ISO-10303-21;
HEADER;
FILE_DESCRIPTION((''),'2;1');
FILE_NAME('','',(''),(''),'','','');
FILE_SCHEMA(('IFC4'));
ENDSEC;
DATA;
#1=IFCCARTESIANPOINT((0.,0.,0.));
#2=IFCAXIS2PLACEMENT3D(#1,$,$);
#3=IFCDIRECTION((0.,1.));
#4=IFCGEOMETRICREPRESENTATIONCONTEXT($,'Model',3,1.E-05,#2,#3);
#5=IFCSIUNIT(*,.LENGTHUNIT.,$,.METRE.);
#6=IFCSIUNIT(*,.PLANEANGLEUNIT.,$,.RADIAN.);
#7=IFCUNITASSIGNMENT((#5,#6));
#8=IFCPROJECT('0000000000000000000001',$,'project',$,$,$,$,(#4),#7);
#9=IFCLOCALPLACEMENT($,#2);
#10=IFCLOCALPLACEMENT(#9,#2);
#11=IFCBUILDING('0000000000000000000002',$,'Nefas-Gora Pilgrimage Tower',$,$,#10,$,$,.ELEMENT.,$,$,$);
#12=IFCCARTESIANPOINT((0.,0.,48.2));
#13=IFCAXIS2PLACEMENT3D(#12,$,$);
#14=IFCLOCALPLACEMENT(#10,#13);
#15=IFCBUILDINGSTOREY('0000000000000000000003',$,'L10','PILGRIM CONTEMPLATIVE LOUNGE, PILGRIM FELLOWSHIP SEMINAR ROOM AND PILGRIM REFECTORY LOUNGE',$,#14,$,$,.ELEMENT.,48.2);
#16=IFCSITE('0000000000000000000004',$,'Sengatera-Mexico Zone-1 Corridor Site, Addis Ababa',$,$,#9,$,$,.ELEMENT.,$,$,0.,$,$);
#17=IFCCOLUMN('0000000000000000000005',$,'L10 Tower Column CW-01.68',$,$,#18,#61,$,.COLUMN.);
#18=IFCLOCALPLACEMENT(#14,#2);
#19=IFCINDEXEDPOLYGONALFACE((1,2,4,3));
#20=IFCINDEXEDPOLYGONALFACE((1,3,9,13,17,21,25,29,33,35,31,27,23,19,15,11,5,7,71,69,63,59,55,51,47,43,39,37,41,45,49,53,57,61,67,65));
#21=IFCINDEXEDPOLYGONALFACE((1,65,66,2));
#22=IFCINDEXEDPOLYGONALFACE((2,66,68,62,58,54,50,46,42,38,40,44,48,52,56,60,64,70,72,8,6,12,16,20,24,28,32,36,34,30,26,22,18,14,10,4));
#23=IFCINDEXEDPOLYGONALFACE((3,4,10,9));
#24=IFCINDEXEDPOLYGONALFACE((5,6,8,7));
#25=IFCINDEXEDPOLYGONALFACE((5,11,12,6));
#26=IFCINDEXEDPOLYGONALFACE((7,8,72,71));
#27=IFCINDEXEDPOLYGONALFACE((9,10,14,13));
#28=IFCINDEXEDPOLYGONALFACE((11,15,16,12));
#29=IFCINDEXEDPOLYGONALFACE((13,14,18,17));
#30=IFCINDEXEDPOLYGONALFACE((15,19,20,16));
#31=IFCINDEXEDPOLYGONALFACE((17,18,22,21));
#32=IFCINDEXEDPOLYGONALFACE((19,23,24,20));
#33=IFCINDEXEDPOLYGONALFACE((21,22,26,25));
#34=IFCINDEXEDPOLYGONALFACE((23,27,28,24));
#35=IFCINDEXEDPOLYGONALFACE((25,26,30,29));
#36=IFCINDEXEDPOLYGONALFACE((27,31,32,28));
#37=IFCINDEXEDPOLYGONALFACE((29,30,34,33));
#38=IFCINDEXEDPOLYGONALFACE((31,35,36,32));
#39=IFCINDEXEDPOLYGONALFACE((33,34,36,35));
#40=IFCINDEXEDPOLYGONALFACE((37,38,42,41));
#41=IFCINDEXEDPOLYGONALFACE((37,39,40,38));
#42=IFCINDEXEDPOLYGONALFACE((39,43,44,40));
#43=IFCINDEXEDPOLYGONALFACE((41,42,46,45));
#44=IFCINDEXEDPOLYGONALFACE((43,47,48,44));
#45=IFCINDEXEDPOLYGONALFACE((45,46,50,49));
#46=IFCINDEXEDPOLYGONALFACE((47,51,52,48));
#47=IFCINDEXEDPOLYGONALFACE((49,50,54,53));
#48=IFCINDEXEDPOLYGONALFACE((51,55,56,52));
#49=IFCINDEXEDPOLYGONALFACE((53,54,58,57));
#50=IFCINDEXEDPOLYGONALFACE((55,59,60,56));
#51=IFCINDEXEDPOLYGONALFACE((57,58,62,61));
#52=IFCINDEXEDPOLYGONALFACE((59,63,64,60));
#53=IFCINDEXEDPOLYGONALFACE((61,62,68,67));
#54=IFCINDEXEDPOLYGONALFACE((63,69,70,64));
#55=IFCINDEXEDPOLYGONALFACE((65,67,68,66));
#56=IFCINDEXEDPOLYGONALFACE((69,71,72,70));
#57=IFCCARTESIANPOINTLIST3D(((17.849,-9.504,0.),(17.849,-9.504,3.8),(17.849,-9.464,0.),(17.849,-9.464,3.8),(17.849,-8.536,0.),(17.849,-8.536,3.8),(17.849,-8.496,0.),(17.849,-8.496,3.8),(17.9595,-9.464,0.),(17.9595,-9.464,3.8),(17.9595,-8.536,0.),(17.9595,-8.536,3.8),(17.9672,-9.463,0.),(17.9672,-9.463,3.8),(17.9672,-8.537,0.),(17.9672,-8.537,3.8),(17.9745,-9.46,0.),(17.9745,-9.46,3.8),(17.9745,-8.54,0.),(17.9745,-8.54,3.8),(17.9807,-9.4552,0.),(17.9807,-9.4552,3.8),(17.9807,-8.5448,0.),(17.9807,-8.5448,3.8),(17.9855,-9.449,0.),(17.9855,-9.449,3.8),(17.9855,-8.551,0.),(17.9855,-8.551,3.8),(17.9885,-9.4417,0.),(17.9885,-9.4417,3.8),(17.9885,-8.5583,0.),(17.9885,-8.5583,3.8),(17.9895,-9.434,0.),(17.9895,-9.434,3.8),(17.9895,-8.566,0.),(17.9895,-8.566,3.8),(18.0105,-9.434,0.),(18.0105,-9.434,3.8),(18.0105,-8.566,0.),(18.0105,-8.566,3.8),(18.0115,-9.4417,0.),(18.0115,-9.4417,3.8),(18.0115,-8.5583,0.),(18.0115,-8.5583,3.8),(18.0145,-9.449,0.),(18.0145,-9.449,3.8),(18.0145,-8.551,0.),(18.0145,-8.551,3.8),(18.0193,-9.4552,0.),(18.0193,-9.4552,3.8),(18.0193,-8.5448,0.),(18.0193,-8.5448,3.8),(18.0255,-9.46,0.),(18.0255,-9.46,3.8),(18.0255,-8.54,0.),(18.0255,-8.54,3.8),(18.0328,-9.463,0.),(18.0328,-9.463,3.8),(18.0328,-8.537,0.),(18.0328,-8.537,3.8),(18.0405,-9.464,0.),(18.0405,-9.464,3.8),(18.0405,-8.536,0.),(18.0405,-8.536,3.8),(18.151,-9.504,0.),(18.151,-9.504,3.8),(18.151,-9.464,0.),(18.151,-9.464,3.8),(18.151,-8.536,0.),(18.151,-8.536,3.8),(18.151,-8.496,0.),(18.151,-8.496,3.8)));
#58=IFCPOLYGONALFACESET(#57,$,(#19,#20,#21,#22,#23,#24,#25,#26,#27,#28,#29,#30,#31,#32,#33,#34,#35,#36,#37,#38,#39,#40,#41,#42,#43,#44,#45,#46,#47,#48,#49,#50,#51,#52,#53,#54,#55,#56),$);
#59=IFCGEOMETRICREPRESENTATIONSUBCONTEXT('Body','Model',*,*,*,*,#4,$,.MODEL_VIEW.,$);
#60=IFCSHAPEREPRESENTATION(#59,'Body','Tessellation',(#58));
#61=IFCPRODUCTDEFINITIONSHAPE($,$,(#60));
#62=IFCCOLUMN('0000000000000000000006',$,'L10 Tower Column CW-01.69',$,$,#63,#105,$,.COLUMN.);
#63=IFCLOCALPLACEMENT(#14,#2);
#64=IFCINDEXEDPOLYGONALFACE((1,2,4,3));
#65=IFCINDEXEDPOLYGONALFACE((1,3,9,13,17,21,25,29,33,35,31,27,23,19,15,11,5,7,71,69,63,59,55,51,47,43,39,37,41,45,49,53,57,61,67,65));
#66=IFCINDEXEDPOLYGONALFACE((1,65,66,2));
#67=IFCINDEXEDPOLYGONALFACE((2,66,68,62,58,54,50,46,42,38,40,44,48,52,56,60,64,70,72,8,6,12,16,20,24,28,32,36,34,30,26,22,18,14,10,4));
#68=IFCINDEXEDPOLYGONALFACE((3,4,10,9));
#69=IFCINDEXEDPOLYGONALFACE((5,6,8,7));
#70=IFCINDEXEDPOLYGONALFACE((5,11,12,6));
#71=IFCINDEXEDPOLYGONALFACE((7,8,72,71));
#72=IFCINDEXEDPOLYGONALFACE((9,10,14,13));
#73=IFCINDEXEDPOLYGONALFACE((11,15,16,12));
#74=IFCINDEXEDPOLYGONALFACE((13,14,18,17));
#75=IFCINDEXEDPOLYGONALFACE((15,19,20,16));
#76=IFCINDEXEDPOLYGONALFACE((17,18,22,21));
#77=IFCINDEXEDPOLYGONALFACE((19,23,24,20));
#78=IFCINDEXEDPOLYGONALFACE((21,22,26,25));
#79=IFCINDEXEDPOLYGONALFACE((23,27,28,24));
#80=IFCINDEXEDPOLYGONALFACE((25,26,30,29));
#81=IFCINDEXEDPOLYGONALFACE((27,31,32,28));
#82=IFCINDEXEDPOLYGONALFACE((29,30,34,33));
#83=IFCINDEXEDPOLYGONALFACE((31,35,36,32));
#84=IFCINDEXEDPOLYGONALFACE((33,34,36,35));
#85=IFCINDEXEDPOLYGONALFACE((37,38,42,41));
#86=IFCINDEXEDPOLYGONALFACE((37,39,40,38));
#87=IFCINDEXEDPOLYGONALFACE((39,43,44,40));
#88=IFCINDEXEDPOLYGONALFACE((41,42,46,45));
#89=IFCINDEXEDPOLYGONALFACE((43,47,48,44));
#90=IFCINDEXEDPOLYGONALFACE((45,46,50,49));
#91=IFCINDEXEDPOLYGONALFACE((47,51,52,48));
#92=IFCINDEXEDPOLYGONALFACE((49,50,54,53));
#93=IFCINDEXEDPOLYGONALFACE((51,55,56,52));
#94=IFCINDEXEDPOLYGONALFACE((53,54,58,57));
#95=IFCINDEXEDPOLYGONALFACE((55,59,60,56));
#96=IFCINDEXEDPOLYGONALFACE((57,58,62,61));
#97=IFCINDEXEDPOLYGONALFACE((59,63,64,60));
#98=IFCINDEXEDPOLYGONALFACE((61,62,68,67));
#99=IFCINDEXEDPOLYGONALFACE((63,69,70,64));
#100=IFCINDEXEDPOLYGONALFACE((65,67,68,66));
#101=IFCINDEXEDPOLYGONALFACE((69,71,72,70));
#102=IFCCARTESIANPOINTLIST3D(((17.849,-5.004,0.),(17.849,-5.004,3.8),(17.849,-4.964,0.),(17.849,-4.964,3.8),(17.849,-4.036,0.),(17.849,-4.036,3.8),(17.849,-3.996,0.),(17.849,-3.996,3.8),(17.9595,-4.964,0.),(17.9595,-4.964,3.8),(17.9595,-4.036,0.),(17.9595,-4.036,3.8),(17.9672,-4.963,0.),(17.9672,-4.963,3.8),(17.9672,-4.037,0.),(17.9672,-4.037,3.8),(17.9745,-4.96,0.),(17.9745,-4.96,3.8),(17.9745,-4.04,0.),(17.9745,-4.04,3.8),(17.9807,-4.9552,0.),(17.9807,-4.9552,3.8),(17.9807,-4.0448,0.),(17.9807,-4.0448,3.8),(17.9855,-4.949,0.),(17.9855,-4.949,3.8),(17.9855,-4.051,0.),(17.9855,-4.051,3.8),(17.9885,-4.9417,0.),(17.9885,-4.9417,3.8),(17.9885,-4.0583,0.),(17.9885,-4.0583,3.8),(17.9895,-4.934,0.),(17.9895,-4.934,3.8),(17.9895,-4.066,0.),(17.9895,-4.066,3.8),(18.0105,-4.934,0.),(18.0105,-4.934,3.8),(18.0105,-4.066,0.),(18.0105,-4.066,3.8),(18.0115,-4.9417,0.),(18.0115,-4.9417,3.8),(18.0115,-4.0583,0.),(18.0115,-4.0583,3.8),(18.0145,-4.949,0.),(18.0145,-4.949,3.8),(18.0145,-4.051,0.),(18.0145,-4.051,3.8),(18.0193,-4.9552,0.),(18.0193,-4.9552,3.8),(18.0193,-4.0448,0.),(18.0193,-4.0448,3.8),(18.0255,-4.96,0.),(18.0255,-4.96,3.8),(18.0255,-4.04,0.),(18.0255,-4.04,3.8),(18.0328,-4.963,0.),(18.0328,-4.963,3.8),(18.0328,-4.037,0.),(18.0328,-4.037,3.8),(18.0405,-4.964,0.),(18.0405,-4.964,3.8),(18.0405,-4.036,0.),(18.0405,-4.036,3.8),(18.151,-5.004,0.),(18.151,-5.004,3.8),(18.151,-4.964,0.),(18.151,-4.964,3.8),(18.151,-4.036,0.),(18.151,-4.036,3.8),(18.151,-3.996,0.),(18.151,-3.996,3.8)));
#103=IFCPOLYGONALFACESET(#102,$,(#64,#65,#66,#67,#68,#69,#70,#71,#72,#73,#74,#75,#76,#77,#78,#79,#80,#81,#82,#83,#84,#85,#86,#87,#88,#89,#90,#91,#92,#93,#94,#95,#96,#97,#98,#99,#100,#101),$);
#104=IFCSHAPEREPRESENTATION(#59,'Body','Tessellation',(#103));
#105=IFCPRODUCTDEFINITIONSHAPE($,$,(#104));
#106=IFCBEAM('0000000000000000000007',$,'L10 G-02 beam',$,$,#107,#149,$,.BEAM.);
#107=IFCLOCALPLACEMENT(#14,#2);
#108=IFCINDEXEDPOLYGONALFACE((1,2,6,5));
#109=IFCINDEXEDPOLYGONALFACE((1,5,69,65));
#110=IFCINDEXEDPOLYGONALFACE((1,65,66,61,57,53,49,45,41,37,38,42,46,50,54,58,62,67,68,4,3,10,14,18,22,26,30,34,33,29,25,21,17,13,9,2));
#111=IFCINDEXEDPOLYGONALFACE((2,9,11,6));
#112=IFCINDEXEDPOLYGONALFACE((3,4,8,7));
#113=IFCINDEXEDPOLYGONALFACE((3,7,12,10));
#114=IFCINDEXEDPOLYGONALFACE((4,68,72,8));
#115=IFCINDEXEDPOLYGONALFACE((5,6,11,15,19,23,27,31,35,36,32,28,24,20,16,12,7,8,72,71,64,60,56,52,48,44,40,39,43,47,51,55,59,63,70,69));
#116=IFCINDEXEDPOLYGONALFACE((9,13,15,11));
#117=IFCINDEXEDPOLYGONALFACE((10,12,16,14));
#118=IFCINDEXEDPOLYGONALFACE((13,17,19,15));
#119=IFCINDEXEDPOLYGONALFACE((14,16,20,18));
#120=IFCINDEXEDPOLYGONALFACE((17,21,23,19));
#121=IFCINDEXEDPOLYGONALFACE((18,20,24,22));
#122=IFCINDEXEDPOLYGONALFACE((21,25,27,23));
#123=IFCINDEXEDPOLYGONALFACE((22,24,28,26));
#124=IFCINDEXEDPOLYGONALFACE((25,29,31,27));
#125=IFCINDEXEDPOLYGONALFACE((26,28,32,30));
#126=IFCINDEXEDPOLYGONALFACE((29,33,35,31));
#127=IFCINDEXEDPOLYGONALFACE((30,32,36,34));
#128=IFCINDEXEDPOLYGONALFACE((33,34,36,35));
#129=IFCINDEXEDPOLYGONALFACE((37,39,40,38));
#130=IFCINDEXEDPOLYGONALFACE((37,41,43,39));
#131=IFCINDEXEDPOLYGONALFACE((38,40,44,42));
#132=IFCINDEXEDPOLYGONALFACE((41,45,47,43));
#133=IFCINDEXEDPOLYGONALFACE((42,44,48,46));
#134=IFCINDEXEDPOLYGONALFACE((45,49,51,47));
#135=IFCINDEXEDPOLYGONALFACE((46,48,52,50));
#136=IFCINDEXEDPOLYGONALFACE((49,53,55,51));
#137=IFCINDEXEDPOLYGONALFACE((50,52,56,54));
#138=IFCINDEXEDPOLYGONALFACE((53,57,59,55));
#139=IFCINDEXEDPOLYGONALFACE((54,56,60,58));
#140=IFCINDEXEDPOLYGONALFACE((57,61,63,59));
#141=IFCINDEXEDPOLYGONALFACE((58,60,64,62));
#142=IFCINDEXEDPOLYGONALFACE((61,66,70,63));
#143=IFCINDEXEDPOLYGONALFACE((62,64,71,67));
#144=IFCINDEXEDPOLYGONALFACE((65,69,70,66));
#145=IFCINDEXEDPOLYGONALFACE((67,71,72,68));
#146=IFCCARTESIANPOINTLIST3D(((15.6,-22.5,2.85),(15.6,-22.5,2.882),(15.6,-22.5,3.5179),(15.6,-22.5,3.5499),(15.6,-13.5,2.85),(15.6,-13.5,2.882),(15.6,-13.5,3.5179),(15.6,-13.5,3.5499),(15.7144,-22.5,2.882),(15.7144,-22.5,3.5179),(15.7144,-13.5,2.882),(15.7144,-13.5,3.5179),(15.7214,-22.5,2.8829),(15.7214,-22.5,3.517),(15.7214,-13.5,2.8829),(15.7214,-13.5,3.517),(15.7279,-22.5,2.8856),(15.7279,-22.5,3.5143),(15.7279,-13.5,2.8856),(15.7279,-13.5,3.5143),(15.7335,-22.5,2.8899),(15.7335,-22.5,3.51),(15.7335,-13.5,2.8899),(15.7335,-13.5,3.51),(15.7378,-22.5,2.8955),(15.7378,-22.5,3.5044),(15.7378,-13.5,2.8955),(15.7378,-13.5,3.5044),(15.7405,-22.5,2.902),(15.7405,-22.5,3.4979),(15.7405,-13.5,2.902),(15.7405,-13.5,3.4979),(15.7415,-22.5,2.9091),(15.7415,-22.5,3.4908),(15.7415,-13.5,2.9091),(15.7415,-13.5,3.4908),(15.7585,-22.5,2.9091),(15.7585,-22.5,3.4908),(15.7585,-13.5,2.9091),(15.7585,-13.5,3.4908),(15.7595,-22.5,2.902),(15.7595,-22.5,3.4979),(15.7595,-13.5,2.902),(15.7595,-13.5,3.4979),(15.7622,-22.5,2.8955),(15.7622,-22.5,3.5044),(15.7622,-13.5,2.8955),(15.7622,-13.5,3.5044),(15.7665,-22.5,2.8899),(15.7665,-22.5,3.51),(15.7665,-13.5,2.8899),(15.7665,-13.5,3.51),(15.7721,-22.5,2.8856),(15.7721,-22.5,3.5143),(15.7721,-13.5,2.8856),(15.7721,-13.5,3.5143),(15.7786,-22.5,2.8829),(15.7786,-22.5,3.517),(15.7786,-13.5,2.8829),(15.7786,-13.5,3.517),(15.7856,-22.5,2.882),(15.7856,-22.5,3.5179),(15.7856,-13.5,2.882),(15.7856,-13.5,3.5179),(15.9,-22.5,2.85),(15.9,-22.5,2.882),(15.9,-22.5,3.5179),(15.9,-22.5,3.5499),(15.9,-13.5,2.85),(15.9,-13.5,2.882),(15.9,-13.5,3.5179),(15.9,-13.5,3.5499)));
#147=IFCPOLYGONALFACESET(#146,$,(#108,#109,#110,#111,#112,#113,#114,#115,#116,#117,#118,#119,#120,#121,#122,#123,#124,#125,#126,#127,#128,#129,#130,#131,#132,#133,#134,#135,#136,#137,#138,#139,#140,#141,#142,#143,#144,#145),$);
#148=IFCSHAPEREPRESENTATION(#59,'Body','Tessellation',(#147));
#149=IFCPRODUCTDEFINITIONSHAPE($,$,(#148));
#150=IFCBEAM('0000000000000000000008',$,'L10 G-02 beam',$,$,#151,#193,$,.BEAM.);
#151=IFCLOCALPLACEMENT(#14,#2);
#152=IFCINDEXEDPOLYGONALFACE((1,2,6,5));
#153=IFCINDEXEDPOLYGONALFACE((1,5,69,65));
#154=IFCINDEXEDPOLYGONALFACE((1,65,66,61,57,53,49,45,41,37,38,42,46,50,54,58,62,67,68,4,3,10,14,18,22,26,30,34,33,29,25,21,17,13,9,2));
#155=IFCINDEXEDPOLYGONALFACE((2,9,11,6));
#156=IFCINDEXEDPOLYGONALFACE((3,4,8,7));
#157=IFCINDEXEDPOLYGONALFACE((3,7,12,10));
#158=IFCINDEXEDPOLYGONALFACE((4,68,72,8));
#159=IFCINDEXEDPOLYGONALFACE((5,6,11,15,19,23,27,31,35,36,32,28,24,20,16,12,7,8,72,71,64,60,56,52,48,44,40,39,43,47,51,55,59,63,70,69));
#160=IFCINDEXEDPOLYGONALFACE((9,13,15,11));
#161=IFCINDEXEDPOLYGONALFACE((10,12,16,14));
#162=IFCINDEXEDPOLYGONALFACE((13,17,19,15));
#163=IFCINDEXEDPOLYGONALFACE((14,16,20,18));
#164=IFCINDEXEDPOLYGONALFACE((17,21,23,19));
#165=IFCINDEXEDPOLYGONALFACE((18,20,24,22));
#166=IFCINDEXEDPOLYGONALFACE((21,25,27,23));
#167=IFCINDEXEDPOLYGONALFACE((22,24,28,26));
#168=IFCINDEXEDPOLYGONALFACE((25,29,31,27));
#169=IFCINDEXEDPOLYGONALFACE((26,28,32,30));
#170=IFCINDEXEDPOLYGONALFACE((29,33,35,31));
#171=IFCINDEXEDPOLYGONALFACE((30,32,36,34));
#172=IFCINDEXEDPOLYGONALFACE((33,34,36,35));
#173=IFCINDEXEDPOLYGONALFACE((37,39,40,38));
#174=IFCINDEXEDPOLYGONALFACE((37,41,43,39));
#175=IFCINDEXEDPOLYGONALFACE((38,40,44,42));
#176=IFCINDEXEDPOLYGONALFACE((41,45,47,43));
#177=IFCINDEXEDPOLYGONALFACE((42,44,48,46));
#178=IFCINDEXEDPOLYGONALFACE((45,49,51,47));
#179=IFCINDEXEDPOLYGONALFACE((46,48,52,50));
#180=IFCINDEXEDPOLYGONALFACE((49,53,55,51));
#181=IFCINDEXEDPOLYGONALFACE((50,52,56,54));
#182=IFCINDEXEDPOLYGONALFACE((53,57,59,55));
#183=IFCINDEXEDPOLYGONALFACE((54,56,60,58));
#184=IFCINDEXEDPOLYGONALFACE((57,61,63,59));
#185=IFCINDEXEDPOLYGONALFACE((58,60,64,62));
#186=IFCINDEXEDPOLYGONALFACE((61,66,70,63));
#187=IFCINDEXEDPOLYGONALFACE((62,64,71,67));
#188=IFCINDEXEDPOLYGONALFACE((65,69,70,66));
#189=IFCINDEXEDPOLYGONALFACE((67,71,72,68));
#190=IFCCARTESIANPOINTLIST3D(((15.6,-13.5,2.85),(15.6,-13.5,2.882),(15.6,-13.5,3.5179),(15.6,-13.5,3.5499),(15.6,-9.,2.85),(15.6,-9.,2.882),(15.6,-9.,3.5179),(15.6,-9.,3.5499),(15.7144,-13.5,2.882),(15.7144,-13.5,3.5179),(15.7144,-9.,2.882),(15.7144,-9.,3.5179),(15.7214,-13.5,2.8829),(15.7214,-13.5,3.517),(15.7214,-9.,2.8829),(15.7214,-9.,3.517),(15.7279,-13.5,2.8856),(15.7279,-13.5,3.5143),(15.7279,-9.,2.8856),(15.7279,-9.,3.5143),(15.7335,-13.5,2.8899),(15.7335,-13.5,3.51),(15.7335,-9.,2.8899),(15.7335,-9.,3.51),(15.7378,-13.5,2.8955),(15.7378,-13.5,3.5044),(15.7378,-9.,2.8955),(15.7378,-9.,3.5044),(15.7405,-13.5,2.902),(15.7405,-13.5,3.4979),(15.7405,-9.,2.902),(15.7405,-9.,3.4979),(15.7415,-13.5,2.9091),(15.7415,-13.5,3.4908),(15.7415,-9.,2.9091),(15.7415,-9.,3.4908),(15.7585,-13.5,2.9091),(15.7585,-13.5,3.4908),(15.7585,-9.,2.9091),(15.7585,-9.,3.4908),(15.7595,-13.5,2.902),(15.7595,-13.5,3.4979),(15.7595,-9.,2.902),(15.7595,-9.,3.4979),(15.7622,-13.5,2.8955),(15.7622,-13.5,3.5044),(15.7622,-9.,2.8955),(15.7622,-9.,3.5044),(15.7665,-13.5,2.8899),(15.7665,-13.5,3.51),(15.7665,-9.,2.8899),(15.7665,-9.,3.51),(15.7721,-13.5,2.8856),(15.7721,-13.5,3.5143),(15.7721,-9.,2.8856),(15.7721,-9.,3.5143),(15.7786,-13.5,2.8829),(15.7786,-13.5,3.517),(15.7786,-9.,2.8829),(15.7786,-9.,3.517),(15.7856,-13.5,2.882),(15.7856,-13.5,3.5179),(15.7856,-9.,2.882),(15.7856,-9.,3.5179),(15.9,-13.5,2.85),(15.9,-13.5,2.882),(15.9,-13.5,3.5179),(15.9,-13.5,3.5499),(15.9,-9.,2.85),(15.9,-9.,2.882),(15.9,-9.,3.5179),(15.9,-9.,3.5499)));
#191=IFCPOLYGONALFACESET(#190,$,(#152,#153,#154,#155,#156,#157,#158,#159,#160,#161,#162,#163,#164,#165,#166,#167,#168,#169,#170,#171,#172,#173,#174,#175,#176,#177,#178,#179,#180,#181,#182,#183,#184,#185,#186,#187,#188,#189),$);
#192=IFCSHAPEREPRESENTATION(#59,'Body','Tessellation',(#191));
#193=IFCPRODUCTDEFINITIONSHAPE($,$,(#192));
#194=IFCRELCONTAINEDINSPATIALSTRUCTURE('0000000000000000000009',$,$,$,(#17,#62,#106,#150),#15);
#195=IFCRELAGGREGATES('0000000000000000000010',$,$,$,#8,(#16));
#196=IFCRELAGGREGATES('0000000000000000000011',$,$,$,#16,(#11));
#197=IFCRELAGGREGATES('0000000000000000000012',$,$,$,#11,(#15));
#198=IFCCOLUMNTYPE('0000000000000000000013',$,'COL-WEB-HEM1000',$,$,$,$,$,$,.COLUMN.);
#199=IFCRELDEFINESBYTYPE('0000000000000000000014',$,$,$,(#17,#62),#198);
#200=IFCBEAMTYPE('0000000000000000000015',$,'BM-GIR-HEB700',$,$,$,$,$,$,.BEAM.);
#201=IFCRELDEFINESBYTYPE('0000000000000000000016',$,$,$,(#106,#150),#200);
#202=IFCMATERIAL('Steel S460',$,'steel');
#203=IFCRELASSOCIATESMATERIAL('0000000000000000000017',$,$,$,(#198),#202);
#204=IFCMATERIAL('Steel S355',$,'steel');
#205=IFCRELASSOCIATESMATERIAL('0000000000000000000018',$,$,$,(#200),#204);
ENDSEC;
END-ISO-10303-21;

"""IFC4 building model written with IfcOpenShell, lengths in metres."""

from ifc_helpers import new_model, si_unit, direction, frame, origin, origin_2d, place, context, subcontext, project, spatial, i_section, extrude, source, transform, mapped, material, material_profile, profile_set, type_object, element, save


model = new_model("IFC4")

# Units and contexts
model_context = context("Model", 3, precision=1e-05, world=origin(), true_north=direction((0.0, 1.0)))
body_context = subcontext(model_context, "Body", "Model", "MODEL_VIEW")
ifc_project = project(units=[si_unit("LENGTHUNIT", "METRE"), si_unit("PLANEANGLEUNIT", "RADIAN")], contexts=[model_context])

# Site, building, storey
site_placement = place(None, origin())
site = spatial("IfcSite", under=ifc_project, at=site_placement, Name="Sengatera-Mexico Zone-1 Corridor Site, Addis Ababa", CompositionType="ELEMENT", RefElevation=0.0)
building_placement = place(site_placement, origin())
building = spatial("IfcBuilding", under=site, at=building_placement, Name="Nefas-Gora Pilgrimage Tower", CompositionType="ELEMENT")
storey_placement = place(building_placement, frame((0.0, 0.0, 48.2)))
storey = spatial("IfcBuildingStorey", under=building, at=storey_placement, Name="L10", Description="PILGRIM CONTEMPLATIVE LOUNGE, PILGRIM FELLOWSHIP SEMINAR ROOM AND PILGRIM REFECTORY LOUNGE", CompositionType="ELEMENT", Elevation=48.2)

# Columns
ifc_material_1 = material(Name="Steel S460", Category="steel")
ifc_material_profile_1 = material_profile(ifc_material_1, i_section(OverallWidth=0.302, OverallDepth=1.0081, WebThickness=0.021, FlangeThickness=0.04, FilletRadius=0.03, at=origin_2d()), Name="HEM 1000")
ifc_profile_set_1 = profile_set([ifc_material_profile_1], Name="Steel S460")
column_type_1 = type_object("IfcColumnType", Name="COL-WEB-HEM1000", PredefinedType="COLUMN", material=ifc_profile_set_1)
shared_shape_1 = source(origin(), body_context, "Body", "SweptSolid", [
    extrude(i_section(OverallWidth=0.302, OverallDepth=1.0081, WebThickness=0.021, FlangeThickness=0.04, FilletRadius=0.03, at=origin_2d()), origin(), (0.0, 0.0, 1.0), 3.8),
])
for number, where, z_axis, x_axis, name in (
    (1, (18.0, -9.0, 0.0), (0.0, 0.0, 1.0), (1.0, 0.0, 0.0), "L10 Tower Column CW-01.68"),
    (2, (18.0, -4.5, 0.0), (0.0, 0.0, 1.0), (1.0, 0.0, 0.0), "L10 Tower Column CW-01.69"),
):
    element("IfcColumn", number, at=place(storey_placement, frame(where, z_axis=z_axis, x_axis=x_axis)), inside=storey, type_object=column_type_1, Name=name, PredefinedType="COLUMN", context=body_context, shape_type="MappedRepresentation", body=[
        mapped(shared_shape_1, transform((0.0, 0.0, 0.0), x_axis=(1.0, 0.0, 0.0), y_axis=(0.0, 1.0, 0.0), z_axis=(0.0, 0.0, 1.0), scale=1.0)),
    ])

# Beams
ifc_material_2 = material(Name="Steel S355", Category="steel")
ifc_material_profile_2 = material_profile(ifc_material_2, i_section(OverallWidth=0.3, OverallDepth=0.7, WebThickness=0.0171, FlangeThickness=0.032, FilletRadius=0.0271, at=origin_2d()), Name="HEB 700")
ifc_profile_set_2 = profile_set([ifc_material_profile_2], Name="Steel S355")
beam_type_1 = type_object("IfcBeamType", Name="BM-GIR-HEB700", PredefinedType="BEAM", material=ifc_profile_set_2)
shared_shape_2 = source(origin(), body_context, "Body", "SweptSolid", [
    extrude(i_section(OverallWidth=0.3, OverallDepth=0.7, WebThickness=0.0171, FlangeThickness=0.032, FilletRadius=0.0271, at=origin_2d()), origin(), (0.0, 0.0, 1.0), 9.0),
])
beam_placement = place(storey_placement, frame((15.75, -22.5, 3.2), z_axis=(0.0, 1.0, 0.0), x_axis=(-1.0, 0.0, 0.0)))
element("IfcBeam", 3, at=beam_placement, inside=storey, type_object=beam_type_1, Name="L10 G-02 beam", PredefinedType="BEAM", context=body_context, shape_type="MappedRepresentation", body=[
    mapped(shared_shape_2, transform((0.0, 0.0, 0.0), x_axis=(1.0, 0.0, 0.0), y_axis=(0.0, 1.0, 0.0), z_axis=(0.0, 0.0, 1.0), scale=1.0)),
])
shared_shape_3 = source(origin(), body_context, "Body", "SweptSolid", [
    extrude(i_section(OverallWidth=0.3, OverallDepth=0.7, WebThickness=0.0171, FlangeThickness=0.032, FilletRadius=0.0271, at=origin_2d()), origin(), (0.0, 0.0, 1.0), 4.5),
])
for number, where, z_axis, x_axis, name in (
    (4, (15.75, -13.5, 3.2), (0.0, 1.0, 0.0), (-1.0, 0.0, 0.0), "L10 G-02 beam"),
):
    element("IfcBeam", number, at=place(storey_placement, frame(where, z_axis=z_axis, x_axis=x_axis)), inside=storey, type_object=beam_type_1, Name=name, PredefinedType="BEAM", context=body_context, shape_type="MappedRepresentation", body=[
        mapped(shared_shape_3, transform((0.0, 0.0, 0.0), x_axis=(1.0, 0.0, 0.0), y_axis=(0.0, 1.0, 0.0), z_axis=(0.0, 0.0, 1.0), scale=1.0)),
    ])

save(model, "model.ifc")
